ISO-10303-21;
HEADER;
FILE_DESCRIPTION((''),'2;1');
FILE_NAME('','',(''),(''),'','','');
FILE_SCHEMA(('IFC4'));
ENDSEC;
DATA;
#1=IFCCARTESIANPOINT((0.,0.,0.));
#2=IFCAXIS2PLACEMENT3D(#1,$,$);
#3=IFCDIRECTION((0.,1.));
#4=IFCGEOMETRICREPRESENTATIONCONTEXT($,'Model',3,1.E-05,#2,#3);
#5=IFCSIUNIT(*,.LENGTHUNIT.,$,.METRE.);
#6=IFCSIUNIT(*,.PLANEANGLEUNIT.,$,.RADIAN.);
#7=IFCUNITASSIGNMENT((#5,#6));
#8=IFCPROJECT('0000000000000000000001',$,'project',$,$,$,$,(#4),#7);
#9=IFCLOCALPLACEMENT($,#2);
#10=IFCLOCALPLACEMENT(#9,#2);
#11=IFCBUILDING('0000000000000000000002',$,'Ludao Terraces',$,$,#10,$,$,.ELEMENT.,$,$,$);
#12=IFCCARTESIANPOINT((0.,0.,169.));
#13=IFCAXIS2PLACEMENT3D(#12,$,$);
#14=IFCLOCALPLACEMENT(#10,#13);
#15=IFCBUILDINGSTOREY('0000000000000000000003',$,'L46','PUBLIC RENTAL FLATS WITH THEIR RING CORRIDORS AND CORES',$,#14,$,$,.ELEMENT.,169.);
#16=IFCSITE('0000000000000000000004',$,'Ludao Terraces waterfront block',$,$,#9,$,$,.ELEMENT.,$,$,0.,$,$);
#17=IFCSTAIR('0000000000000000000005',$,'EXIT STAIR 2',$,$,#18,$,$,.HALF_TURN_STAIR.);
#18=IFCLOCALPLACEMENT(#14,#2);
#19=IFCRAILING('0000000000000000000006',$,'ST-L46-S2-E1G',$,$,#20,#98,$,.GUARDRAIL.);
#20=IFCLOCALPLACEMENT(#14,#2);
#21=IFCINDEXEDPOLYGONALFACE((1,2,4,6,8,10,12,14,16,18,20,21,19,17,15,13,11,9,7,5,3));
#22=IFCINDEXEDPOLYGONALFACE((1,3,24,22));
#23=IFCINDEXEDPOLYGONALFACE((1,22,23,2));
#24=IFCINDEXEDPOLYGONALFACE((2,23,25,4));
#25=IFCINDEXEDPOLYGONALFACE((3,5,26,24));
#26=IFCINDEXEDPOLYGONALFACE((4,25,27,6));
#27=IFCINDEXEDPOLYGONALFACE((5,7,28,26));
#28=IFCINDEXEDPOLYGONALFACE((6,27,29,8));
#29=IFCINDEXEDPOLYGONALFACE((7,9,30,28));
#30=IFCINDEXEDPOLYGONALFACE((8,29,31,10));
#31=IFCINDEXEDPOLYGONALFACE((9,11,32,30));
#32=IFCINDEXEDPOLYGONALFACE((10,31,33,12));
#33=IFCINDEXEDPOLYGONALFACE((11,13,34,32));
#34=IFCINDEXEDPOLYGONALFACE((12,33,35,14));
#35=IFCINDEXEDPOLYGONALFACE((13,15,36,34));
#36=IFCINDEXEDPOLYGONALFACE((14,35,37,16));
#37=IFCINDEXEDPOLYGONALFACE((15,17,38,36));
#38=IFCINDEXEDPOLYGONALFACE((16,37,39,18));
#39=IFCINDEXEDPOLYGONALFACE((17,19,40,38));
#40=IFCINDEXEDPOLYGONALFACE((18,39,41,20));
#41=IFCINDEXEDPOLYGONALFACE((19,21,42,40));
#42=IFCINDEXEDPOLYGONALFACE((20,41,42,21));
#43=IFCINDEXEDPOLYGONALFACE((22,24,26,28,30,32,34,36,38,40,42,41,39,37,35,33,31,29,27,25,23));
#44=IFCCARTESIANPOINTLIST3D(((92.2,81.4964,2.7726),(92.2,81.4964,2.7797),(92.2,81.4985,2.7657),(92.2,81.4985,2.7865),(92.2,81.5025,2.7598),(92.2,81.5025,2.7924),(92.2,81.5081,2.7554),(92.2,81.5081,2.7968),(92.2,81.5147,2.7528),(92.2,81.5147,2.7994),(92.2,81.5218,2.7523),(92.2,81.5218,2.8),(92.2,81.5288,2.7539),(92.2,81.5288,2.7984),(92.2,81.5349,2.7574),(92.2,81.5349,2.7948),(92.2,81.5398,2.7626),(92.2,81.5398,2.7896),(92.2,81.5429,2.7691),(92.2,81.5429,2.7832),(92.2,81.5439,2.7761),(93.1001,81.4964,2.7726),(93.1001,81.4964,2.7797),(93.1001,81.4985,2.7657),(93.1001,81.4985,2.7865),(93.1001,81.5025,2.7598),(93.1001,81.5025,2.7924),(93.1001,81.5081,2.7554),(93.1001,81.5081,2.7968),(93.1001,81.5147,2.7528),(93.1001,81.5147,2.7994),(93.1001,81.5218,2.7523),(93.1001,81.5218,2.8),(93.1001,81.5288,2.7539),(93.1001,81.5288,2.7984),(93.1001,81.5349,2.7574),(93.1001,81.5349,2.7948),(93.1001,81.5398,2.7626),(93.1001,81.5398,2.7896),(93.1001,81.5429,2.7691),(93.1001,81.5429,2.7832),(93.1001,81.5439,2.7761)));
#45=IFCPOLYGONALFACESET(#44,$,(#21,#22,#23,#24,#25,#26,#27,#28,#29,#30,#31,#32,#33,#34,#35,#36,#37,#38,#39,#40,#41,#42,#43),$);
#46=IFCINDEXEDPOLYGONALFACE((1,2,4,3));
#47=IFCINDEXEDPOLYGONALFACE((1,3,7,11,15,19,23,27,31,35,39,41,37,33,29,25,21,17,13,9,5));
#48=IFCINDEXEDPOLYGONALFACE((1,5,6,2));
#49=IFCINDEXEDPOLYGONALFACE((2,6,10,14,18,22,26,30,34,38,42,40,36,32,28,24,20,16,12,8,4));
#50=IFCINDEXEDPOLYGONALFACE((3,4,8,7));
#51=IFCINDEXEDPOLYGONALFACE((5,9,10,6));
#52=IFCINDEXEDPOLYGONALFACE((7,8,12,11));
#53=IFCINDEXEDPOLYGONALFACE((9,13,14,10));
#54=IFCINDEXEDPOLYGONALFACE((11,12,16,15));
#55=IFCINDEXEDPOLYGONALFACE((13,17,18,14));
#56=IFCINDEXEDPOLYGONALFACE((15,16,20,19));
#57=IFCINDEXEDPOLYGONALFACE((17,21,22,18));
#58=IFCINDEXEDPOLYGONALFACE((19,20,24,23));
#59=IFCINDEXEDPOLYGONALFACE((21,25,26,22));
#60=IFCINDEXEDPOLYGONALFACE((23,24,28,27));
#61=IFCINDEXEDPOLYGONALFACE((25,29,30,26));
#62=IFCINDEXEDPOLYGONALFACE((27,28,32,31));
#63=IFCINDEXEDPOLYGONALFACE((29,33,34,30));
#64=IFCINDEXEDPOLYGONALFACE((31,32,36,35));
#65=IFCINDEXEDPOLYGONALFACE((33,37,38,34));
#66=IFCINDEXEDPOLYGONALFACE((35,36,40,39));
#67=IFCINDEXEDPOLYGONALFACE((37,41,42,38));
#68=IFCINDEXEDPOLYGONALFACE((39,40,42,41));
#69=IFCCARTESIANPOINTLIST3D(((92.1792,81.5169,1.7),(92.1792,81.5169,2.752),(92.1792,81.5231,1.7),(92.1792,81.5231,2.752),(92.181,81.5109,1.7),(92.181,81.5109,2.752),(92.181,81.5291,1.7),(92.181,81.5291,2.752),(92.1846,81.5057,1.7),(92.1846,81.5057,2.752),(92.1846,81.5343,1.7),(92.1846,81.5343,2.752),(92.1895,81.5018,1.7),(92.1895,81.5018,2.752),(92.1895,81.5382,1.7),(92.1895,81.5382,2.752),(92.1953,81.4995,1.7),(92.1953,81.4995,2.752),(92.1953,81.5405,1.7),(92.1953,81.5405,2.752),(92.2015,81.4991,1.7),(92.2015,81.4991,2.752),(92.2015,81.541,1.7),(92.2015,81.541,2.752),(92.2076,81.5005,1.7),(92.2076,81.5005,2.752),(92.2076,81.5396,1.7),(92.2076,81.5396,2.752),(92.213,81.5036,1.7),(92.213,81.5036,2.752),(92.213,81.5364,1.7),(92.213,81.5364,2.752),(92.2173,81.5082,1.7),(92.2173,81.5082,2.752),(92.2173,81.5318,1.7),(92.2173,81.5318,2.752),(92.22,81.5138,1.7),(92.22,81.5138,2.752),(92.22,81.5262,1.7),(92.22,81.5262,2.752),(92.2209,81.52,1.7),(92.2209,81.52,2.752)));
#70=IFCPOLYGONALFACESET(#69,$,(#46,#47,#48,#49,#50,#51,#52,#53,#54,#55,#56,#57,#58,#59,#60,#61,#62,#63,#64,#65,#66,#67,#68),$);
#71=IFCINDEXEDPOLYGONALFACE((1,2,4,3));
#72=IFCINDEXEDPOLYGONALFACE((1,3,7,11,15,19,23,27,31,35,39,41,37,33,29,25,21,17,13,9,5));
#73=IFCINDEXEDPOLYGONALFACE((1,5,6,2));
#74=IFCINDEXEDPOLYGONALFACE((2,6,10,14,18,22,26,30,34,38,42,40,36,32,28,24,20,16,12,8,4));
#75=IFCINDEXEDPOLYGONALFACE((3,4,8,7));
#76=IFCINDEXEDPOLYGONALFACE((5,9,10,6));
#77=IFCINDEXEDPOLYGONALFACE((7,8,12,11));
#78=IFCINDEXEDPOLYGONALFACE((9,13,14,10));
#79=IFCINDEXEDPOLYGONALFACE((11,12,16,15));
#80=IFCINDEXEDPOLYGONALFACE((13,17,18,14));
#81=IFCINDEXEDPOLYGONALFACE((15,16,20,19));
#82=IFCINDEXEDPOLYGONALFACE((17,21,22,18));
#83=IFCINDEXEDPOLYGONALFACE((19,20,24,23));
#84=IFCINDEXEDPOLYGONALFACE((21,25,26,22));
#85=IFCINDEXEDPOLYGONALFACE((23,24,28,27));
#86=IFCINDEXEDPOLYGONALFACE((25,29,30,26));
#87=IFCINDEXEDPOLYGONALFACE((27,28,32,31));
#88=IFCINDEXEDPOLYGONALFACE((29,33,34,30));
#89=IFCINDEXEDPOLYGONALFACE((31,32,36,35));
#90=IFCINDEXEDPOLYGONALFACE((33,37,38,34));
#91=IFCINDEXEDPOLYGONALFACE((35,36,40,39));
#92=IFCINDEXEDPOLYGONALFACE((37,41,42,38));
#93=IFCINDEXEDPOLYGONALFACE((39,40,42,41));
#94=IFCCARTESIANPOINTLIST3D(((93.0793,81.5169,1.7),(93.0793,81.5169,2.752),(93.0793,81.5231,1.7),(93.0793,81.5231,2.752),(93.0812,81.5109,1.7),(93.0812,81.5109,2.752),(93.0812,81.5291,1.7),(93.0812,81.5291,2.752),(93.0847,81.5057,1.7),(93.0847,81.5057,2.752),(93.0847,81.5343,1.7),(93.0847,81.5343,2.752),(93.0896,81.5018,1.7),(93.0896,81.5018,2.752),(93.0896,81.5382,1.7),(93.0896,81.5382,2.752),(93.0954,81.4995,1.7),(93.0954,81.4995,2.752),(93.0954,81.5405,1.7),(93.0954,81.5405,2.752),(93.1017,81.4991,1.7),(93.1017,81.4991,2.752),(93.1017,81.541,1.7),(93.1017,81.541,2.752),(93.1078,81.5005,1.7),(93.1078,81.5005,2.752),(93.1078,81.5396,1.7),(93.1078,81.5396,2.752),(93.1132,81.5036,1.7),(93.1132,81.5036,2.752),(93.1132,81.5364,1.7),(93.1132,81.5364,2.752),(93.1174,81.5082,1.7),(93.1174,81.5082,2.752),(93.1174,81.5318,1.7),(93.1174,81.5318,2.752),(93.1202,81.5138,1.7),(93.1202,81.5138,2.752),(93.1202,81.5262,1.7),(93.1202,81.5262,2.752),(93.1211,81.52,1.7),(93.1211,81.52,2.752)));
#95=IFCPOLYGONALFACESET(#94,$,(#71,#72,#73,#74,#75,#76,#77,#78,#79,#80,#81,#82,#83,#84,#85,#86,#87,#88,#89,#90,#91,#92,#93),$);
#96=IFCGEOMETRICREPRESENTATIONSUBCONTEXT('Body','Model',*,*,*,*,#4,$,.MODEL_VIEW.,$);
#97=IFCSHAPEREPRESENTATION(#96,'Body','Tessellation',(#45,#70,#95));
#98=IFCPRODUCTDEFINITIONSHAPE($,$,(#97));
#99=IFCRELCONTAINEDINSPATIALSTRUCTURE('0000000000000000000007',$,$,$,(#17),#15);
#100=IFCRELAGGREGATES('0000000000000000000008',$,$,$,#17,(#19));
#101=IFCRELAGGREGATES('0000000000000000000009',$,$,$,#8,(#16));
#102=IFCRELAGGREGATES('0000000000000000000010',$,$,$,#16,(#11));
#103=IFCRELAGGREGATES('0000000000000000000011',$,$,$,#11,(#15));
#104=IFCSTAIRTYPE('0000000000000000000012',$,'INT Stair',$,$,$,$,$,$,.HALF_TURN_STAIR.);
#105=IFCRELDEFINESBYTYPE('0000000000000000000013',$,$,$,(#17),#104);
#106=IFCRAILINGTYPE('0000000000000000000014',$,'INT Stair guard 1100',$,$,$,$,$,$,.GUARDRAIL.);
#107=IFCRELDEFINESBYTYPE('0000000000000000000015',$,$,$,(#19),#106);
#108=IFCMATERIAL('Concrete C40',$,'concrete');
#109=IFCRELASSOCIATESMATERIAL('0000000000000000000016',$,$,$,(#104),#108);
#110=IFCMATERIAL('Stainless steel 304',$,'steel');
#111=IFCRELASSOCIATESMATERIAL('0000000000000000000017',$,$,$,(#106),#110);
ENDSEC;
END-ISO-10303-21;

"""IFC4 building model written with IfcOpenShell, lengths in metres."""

from ifc_helpers import new_model, si_unit, direction, frame, origin, origin_2d, place, context, subcontext, project, spatial, circle, extrude, material, type_object, element, aggregate, save


model = new_model("IFC4")

# Units and contexts
model_context = context("Model", 3, precision=1e-05, world=origin(), true_north=direction((0.0, 1.0)))
body_context = subcontext(model_context, "Body", "Model", "MODEL_VIEW")
ifc_project = project(units=[si_unit("LENGTHUNIT", "METRE"), si_unit("PLANEANGLEUNIT", "RADIAN")], contexts=[model_context])

# Site, building, storey
site_placement = place(None, origin())
site = spatial("IfcSite", under=ifc_project, at=site_placement, Name="Ludao Terraces waterfront block", CompositionType="ELEMENT", RefElevation=0.0)
building_placement = place(site_placement, origin())
building = spatial("IfcBuilding", under=site, at=building_placement, Name="Ludao Terraces", CompositionType="ELEMENT")
storey_placement = place(building_placement, frame((0.0, 0.0, 169.0)))
storey = spatial("IfcBuildingStorey", under=building, at=storey_placement, Name="L46", Description="PUBLIC RENTAL FLATS WITH THEIR RING CORRIDORS AND CORES", CompositionType="ELEMENT", Elevation=169.0)

# Shared definitions
ifc_material_1 = material(Name="Stainless steel 304", Category="steel")

# Stair, railing
ifc_material_2 = material(Name="Concrete C40", Category="concrete")
stair_type = type_object("IfcStairType", Name="INT Stair", PredefinedType="HALF_TURN_STAIR", material=ifc_material_2)
stair_placement = place(storey_placement, origin())
stair = element("IfcStair", 1, at=stair_placement, inside=storey, type_object=stair_type, Name="EXIT STAIR 2", PredefinedType="HALF_TURN_STAIR")
railing_type = type_object("IfcRailingType", Name="INT Stair guard 1100", PredefinedType="GUARDRAIL", material=ifc_material_1)
railing_1_placement = place(storey_placement, frame((92.2, 81.52, 1.7)))
railing_1 = element("IfcRailing", 2, at=railing_1_placement, type_object=railing_type, Name="ST-L46-S2-E1G", PredefinedType="GUARDRAIL", context=body_context, shape_type="SweptSolid", body=[
    extrude(circle(Radius=0.0239, at=origin_2d()), frame((0.0, 0.0, 1.0762), z_axis=(1.0, 0.0, 0.0), x_axis=(0.0, 1.0, 0.0)), (0.0, 0.0, 1.0), 0.9001),
    extrude(circle(Radius=0.021, at=origin_2d()), origin(), (0.0, 0.0, 1.0), 1.052),
    extrude(circle(Radius=0.021, at=origin_2d()), frame((0.9001, 0.0, 0.0)), (0.0, 0.0, 1.0), 1.052),
])
aggregate(stair, [railing_1])

save(model, "model.ifc")
